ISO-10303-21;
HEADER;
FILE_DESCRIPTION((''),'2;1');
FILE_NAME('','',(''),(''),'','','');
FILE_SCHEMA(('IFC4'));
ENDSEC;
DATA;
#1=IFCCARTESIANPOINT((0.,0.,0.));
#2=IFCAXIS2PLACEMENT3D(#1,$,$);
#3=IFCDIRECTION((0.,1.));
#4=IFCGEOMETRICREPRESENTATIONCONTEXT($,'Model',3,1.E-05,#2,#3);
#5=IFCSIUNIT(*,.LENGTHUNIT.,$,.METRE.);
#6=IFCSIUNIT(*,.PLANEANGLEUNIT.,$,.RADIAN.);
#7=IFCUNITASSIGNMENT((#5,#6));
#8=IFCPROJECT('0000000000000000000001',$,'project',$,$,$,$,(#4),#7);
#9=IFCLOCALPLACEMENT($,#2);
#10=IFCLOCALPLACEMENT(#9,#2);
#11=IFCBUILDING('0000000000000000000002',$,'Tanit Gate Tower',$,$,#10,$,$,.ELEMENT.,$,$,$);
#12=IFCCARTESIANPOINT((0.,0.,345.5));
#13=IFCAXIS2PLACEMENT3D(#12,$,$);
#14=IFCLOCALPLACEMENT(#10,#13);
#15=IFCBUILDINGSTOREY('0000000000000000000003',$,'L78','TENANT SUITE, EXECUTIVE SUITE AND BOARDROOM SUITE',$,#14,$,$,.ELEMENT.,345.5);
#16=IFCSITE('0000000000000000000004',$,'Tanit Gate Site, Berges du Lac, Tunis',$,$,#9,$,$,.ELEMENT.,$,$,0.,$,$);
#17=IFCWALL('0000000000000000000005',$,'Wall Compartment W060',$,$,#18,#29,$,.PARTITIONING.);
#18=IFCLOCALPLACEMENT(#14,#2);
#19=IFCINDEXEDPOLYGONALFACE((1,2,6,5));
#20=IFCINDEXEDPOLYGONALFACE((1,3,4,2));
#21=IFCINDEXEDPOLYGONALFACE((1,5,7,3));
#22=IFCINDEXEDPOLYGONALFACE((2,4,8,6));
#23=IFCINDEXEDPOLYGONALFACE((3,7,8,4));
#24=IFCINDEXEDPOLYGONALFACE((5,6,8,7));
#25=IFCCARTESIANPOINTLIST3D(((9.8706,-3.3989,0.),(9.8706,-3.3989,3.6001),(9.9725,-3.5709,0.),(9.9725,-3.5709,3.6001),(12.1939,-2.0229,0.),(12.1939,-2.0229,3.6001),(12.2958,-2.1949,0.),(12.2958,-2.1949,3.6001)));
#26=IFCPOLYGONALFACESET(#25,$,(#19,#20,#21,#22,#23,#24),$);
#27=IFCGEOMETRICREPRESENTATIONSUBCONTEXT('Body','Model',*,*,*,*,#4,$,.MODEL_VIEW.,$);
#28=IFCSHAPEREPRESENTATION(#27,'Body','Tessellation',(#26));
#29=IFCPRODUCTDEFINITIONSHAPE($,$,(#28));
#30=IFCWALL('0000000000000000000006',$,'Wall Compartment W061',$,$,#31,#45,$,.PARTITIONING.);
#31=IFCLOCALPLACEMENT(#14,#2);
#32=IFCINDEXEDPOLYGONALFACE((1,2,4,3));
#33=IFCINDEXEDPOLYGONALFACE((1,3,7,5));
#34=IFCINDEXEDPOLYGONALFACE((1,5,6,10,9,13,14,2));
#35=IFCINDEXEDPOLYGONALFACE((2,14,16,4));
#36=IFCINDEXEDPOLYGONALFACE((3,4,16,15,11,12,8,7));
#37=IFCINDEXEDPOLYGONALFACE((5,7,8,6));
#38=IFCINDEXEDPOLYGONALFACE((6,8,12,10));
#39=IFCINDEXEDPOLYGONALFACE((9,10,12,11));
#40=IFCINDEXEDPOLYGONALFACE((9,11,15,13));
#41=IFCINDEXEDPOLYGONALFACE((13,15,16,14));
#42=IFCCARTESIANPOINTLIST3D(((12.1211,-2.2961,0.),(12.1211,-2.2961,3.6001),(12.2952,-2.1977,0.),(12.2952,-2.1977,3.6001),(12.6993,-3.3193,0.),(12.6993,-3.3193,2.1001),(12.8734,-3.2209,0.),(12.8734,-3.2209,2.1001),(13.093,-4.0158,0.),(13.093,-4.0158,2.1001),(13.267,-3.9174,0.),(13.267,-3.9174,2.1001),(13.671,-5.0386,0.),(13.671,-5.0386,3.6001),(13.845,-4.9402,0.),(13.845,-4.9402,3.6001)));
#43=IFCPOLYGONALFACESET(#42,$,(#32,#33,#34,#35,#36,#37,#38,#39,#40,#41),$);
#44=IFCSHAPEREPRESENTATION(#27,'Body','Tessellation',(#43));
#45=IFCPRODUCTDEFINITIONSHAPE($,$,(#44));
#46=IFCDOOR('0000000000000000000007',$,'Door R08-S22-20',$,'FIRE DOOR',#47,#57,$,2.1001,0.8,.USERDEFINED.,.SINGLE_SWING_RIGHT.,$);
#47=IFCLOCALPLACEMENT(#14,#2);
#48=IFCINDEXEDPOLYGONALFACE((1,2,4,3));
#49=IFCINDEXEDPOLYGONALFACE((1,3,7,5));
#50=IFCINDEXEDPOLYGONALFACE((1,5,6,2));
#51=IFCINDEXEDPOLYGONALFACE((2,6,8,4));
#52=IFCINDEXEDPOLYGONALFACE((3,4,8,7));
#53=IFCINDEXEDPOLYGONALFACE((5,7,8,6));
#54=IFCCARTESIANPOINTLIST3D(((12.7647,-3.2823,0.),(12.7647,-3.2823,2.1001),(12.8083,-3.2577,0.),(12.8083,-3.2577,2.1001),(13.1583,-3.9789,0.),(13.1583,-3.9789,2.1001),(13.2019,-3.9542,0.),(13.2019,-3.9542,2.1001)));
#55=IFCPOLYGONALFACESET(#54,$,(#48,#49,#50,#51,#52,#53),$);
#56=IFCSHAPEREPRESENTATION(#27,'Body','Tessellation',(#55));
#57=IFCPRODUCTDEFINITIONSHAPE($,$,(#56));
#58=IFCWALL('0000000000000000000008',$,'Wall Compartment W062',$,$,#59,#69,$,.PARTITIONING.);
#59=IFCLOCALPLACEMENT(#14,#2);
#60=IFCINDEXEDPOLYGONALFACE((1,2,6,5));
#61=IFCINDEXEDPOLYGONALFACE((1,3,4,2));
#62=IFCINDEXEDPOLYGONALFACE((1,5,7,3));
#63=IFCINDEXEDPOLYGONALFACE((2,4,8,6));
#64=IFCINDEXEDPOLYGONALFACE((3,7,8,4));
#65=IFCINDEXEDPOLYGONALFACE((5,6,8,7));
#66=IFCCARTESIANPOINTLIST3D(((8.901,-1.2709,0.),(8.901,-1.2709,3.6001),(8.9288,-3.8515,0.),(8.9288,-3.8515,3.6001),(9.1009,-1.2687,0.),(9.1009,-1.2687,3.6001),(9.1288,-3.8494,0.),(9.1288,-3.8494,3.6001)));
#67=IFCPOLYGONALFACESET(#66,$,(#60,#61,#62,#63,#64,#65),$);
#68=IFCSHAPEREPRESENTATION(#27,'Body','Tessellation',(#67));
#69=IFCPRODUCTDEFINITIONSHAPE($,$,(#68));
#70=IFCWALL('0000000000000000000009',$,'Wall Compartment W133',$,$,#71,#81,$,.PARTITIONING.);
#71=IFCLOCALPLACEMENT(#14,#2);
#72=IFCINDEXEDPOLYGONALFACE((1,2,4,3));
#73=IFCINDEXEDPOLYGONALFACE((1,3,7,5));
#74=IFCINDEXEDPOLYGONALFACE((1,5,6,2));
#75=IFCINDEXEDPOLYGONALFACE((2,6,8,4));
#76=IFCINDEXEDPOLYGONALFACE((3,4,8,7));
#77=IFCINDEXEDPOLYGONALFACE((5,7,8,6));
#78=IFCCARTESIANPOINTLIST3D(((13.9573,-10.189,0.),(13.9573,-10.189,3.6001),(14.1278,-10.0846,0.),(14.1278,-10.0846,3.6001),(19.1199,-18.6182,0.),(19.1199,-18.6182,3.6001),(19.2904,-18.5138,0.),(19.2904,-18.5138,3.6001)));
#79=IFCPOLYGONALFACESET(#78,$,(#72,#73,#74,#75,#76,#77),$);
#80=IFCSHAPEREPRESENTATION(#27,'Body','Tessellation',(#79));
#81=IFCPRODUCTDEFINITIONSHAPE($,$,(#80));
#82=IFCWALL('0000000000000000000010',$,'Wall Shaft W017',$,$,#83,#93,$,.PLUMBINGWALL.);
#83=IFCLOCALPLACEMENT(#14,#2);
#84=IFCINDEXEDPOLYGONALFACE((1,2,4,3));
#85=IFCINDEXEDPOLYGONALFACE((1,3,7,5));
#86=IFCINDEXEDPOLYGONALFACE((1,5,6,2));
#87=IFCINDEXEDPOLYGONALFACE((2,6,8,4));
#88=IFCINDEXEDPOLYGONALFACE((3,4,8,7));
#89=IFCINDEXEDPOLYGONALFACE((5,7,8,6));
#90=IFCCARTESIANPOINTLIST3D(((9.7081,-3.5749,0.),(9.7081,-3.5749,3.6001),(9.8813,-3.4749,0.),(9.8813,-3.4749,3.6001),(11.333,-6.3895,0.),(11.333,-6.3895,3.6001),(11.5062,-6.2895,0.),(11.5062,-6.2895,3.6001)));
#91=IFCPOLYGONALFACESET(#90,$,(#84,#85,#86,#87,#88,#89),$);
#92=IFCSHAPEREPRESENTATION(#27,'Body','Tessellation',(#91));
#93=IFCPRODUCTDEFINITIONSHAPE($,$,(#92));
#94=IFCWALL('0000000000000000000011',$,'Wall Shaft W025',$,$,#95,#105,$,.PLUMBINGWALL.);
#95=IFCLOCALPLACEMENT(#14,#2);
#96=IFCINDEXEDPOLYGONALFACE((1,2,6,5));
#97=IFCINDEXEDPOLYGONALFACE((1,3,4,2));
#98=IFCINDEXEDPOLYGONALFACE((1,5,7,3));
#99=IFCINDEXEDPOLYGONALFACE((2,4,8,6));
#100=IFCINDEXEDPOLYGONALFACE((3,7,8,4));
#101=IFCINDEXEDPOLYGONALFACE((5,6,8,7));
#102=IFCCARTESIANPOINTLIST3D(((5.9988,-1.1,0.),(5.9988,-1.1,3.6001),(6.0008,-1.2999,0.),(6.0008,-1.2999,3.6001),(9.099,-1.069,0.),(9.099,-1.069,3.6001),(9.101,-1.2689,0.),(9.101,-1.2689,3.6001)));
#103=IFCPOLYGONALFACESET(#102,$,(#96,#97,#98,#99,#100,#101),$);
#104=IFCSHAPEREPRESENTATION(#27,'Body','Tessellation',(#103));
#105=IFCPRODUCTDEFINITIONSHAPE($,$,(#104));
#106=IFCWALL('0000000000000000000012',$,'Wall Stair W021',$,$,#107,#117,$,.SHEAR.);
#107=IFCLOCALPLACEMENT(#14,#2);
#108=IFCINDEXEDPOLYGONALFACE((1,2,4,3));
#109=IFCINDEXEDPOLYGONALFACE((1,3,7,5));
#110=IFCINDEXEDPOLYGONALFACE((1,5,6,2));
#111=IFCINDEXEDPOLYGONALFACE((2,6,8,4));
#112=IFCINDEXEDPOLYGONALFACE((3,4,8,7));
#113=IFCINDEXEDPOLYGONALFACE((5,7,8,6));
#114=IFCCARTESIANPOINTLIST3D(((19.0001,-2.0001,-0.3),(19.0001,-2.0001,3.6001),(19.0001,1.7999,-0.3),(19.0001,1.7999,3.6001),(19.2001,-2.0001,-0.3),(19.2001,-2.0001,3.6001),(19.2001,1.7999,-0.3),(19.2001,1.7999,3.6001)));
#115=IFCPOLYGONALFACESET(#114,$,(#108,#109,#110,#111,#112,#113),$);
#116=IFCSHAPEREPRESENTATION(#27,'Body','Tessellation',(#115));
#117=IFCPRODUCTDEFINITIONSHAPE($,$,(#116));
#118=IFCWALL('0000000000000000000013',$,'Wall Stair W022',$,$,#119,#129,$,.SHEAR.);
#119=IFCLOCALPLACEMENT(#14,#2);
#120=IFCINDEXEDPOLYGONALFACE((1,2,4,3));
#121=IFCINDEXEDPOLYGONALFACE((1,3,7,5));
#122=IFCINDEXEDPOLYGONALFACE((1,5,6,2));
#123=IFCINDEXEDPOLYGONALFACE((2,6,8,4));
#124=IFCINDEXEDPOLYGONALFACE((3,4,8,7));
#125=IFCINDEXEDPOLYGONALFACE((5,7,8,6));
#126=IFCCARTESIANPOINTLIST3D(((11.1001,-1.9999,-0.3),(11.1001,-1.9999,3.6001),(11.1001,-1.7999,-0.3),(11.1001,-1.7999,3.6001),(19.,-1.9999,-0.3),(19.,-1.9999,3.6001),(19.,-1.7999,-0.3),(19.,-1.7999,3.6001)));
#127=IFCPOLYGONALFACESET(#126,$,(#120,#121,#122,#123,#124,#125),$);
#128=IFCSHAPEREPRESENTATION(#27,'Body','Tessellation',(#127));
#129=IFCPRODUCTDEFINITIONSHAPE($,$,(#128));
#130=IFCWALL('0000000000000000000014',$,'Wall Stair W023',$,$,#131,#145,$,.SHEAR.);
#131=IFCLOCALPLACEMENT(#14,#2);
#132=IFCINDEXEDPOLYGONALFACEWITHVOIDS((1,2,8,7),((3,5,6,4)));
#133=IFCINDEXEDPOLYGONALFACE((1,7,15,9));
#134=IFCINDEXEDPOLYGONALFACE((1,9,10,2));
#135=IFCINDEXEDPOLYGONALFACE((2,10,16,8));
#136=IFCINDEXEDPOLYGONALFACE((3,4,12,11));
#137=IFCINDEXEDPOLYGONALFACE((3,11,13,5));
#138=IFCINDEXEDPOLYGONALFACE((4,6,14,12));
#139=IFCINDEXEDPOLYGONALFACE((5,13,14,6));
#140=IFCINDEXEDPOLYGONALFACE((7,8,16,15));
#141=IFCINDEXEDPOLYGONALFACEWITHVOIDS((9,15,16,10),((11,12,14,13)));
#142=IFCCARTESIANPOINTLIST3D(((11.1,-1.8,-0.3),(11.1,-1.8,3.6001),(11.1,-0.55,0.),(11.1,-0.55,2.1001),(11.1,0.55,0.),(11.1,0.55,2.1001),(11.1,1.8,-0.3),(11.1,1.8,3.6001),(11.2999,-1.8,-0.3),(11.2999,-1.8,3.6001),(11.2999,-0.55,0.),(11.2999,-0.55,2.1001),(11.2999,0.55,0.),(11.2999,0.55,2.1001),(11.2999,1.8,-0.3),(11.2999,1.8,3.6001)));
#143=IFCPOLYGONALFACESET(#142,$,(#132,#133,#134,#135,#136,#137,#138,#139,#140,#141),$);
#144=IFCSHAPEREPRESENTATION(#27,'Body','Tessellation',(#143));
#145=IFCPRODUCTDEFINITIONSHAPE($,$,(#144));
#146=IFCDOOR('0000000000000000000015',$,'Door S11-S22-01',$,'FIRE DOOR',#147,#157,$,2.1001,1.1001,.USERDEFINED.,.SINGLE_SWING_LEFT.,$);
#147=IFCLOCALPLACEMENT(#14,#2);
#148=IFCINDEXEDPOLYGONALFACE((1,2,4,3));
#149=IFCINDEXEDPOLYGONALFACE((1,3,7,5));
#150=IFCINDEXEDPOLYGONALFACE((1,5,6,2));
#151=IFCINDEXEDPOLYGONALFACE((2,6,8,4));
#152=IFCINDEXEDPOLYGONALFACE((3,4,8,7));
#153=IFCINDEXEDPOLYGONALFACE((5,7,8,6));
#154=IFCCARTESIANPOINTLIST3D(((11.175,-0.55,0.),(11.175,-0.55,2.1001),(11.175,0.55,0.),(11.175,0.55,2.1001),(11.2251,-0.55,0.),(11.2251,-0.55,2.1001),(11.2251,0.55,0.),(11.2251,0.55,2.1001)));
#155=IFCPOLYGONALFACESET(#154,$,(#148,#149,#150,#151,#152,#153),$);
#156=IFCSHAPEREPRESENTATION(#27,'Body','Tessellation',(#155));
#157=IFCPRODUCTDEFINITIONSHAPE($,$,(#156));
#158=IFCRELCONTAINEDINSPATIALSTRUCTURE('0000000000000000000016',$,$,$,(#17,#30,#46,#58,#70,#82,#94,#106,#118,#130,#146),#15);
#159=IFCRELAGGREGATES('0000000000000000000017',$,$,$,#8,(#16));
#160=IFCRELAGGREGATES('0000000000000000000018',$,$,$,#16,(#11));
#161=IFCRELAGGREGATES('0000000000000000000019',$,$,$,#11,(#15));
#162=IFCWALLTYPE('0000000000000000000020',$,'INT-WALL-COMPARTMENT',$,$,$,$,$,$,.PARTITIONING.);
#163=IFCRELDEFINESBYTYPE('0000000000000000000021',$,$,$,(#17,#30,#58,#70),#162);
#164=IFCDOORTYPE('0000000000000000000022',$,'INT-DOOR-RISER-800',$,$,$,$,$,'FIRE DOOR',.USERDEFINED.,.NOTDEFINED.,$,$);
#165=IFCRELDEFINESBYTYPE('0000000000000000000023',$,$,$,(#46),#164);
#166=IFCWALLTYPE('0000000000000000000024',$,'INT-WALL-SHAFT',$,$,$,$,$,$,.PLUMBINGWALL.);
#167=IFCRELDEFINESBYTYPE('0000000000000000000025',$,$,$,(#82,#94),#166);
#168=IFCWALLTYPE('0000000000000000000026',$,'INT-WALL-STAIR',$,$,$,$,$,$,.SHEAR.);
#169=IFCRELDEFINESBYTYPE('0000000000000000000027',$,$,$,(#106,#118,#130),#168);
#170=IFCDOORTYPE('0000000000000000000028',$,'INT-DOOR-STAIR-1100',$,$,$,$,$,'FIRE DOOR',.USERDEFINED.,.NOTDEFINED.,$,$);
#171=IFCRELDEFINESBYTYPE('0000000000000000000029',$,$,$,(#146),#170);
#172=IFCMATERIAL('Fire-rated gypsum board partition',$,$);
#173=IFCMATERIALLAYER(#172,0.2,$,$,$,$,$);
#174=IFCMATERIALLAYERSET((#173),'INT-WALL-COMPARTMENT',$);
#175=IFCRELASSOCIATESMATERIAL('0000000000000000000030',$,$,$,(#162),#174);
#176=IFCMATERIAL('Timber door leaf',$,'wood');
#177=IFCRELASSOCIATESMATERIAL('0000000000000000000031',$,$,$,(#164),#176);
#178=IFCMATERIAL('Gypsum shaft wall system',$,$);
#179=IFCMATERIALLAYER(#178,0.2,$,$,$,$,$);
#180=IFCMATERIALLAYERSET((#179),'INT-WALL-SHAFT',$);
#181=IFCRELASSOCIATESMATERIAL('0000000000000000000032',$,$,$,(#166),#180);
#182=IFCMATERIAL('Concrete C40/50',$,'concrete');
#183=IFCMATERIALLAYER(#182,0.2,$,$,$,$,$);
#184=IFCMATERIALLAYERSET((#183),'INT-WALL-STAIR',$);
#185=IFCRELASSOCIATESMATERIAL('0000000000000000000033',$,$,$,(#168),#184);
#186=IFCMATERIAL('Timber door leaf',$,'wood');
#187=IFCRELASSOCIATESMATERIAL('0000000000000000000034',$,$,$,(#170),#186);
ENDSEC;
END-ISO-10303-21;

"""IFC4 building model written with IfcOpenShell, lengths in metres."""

from ifc_helpers import new_model, si_unit, direction, frame, frame_2d, origin, place, context, subcontext, project, spatial, rectangle, extrude, material, layer, layer_set, type_object, element, fill, save


model = new_model("IFC4")

# Units and contexts
model_context = context("Model", 3, precision=1e-05, world=origin(), true_north=direction((0.0, 1.0)))
body_context = subcontext(model_context, "Body", "Model", "MODEL_VIEW")
ifc_project = project(units=[si_unit("LENGTHUNIT", "METRE"), si_unit("PLANEANGLEUNIT", "RADIAN")], contexts=[model_context])

# Site, building, storey
site_placement = place(None, origin())
site = spatial("IfcSite", under=ifc_project, at=site_placement, Name="Tanit Gate Site, Berges du Lac, Tunis", CompositionType="ELEMENT", RefElevation=0.0)
building_placement = place(site_placement, origin())
building = spatial("IfcBuilding", under=site, at=building_placement, Name="Tanit Gate Tower", CompositionType="ELEMENT")
storey_placement = place(building_placement, frame((0.0, 0.0, 345.5)))
storey = spatial("IfcBuildingStorey", under=building, at=storey_placement, Name="L78", Description="TENANT SUITE, EXECUTIVE SUITE AND BOARDROOM SUITE", CompositionType="ELEMENT", Elevation=345.5)

# Wall
ifc_material_1 = material(Name="Fire-rated gypsum board partition")
ifc_layer_1 = layer(ifc_material_1, 0.2)
ifc_layer_set_1 = layer_set([ifc_layer_1], Name="INT-WALL-COMPARTMENT")
wall_type_1 = type_object("IfcWallType", Name="INT-WALL-COMPARTMENT", PredefinedType="PARTITIONING", material=ifc_layer_set_1)
wall_1_placement = place(storey_placement, frame((12.2449, -2.1089, 0.0), z_axis=(0.0, 0.0, 1.0), x_axis=(-0.860415, -0.509594, 0.0)))
element("IfcWall", 1, at=wall_1_placement, inside=storey, type_object=wall_type_1, Name="Wall Compartment W060", PredefinedType="PARTITIONING", context=body_context, shape_type="SweptSolid", body=[
    extrude(rectangle(XDim=2.7002, YDim=0.2, at=frame_2d((1.3501, 0.0))), origin(), (0.0, 0.0, 1.0), 3.6001),
])

# Wall, opening, door
wall_2_placement = place(storey_placement, frame((13.7581, -4.9895, 0.0), z_axis=(0.0, 0.0, 1.0), x_axis=(-0.491993, 0.870599, 0.0)))
wall_2 = element("IfcWall", 2, at=wall_2_placement, inside=storey, type_object=wall_type_1, Name="Wall Compartment W061", PredefinedType="PARTITIONING", context=body_context, shape_type="SweptSolid", body=[
    extrude(rectangle(XDim=3.1501, YDim=0.2, at=frame_2d((1.5752, 0.0))), origin(), (0.0, 0.0, 1.0), 3.6001),
])
opening_1_placement = place(wall_2_placement, frame((1.175, 0.0, 0.0)))
opening_1 = element("IfcOpeningElement", 3, at=opening_1_placement, cuts=wall_2, PredefinedType="OPENING", context=body_context, shape_type="SweptSolid", body=[
    extrude(rectangle(XDim=0.8, YDim=2.1001, at=frame_2d((0.3999, 1.05))), frame((0.0, 0.1099, 0.0), z_axis=(0.0, -1.0, 0.0), x_axis=(1.0, 0.0, 0.0)), (0.0, 0.0, 1.0), 0.22),
])
ifc_material_2 = material(Name="Timber door leaf", Category="wood")
door_type_1 = type_object("IfcDoorType", Name="INT-DOOR-RISER-800", ElementType="FIRE DOOR", OperationType="NOTDEFINED", PredefinedType="USERDEFINED", material=ifc_material_2)
door_1_placement = place(opening_1_placement, origin())
door_1 = element("IfcDoor", 4, at=door_1_placement, inside=storey, type_object=door_type_1, Name="Door R08-S22-20", ObjectType="FIRE DOOR", OperationType="SINGLE_SWING_RIGHT", OverallHeight=2.1001, OverallWidth=0.8, PredefinedType="USERDEFINED", context=body_context, shape_type="SweptSolid", body=[
    extrude(rectangle(XDim=0.8, YDim=2.1001, at=frame_2d((0.3999, 1.05))), frame((0.0, 0.0249, 0.0), z_axis=(0.0, -1.0, 0.0), x_axis=(1.0, 0.0, 0.0)), (0.0, 0.0, 1.0), 0.05),
])
fill(opening_1, door_1)

# Walls
wall_3_placement = place(storey_placement, frame((9.0288, -3.8506, 0.0), z_axis=(0.0, 0.0, 1.0), x_axis=(-0.010785, 0.999942, 0.0)))
element("IfcWall", 5, at=wall_3_placement, inside=storey, type_object=wall_type_1, Name="Wall Compartment W062", PredefinedType="PARTITIONING", context=body_context, shape_type="SweptSolid", body=[
    extrude(rectangle(XDim=2.5808, YDim=0.2, at=frame_2d((1.2905, 0.0))), origin(), (0.0, 0.0, 1.0), 3.6001),
])
wall_4_placement = place(storey_placement, frame((14.0425, -10.1367, 0.0), z_axis=(0.0, 0.0, 1.0), x_axis=(0.522291, -0.852767, 0.0)))
element("IfcWall", 6, at=wall_4_placement, inside=storey, type_object=wall_type_1, Name="Wall Compartment W133", PredefinedType="PARTITIONING", context=body_context, shape_type="SweptSolid", body=[
    extrude(rectangle(XDim=9.8845, YDim=0.2, at=frame_2d((4.9424, 0.0))), origin(), (0.0, 0.0, 1.0), 3.6001),
])
ifc_material_3 = material(Name="Gypsum shaft wall system")
ifc_layer_2 = layer(ifc_material_3, 0.2)
ifc_layer_set_2 = layer_set([ifc_layer_2], Name="INT-WALL-SHAFT")
wall_type_2 = type_object("IfcWallType", Name="INT-WALL-SHAFT", PredefinedType="PLUMBINGWALL", material=ifc_layer_set_2)
wall_5_placement = place(storey_placement, frame((9.7947, -3.5249, 0.0), z_axis=(0.0, 0.0, 1.0), x_axis=(0.499985, -0.866034, 0.0)))
element("IfcWall", 7, at=wall_5_placement, inside=storey, type_object=wall_type_2, Name="Wall Shaft W017", PredefinedType="PLUMBINGWALL", context=body_context, shape_type="SweptSolid", body=[
    extrude(rectangle(XDim=3.25, YDim=0.2, at=frame_2d((1.625, 0.0))), origin(), (0.0, 0.0, 1.0), 3.6001),
])
wall_6_placement = place(storey_placement, frame((9.1001, -1.1689, 0.0), z_axis=(0.0, 0.0, 1.0), x_axis=(-0.99995, -0.010001, 0.0)))
element("IfcWall", 8, at=wall_6_placement, inside=storey, type_object=wall_type_2, Name="Wall Shaft W025", PredefinedType="PLUMBINGWALL", context=body_context, shape_type="SweptSolid", body=[
    extrude(rectangle(XDim=3.1003, YDim=0.2, at=frame_2d((1.5503, 0.0))), origin(), (0.0, 0.0, 1.0), 3.6001),
])
ifc_material_4 = material(Name="Concrete C40/50", Category="concrete")
ifc_layer_3 = layer(ifc_material_4, 0.2)
ifc_layer_set_3 = layer_set([ifc_layer_3], Name="INT-WALL-STAIR")
wall_type_3 = type_object("IfcWallType", Name="INT-WALL-STAIR", PredefinedType="SHEAR", material=ifc_layer_set_3)
wall_7_placement = place(storey_placement, frame((19.1001, -2.0, -0.3), z_axis=(0.0, 0.0, 1.0), x_axis=(0.0, 1.0, 0.0)))
element("IfcWall", 9, at=wall_7_placement, inside=storey, type_object=wall_type_3, Name="Wall Stair W021", PredefinedType="SHEAR", context=body_context, shape_type="SweptSolid", body=[
    extrude(rectangle(XDim=3.8, YDim=0.2, at=frame_2d((1.8999, 0.0))), origin(), (0.0, 0.0, 1.0), 3.9001),
])
wall_8_placement = place(storey_placement, frame((11.1001, -1.8999, -0.3), z_axis=(0.0, 0.0, 1.0), x_axis=(1.0, 0.0, 0.0)))
element("IfcWall", 10, at=wall_8_placement, inside=storey, type_object=wall_type_3, Name="Wall Stair W022", PredefinedType="SHEAR", context=body_context, shape_type="SweptSolid", body=[
    extrude(rectangle(XDim=7.8999, YDim=0.2, at=frame_2d((3.95, 0.0))), origin(), (0.0, 0.0, 1.0), 3.9001),
])

# Wall, opening, door
wall_9_placement = place(storey_placement, frame((11.2, -1.8, -0.3), z_axis=(0.0, 0.0, 1.0), x_axis=(0.0, 1.0, 0.0)))
wall_9 = element("IfcWall", 11, at=wall_9_placement, inside=storey, type_object=wall_type_3, Name="Wall Stair W023", PredefinedType="SHEAR", context=body_context, shape_type="SweptSolid", body=[
    extrude(rectangle(XDim=3.6001, YDim=0.2, at=frame_2d((1.8, 0.0))), origin(), (0.0, 0.0, 1.0), 3.9001),
])
opening_2_placement = place(wall_9_placement, frame((1.25, 0.0, 0.3)))
opening_2 = element("IfcOpeningElement", 12, at=opening_2_placement, cuts=wall_9, PredefinedType="OPENING", context=body_context, shape_type="SweptSolid", body=[
    extrude(rectangle(XDim=1.1001, YDim=2.1001, at=frame_2d((0.55, 1.05))), frame((0.0, 0.1099, 0.0), z_axis=(0.0, -1.0, 0.0), x_axis=(1.0, 0.0, 0.0)), (0.0, 0.0, 1.0), 0.22),
])
ifc_material_5 = material(Name="Timber door leaf", Category="wood")
door_type_2 = type_object("IfcDoorType", Name="INT-DOOR-STAIR-1100", ElementType="FIRE DOOR", OperationType="NOTDEFINED", PredefinedType="USERDEFINED", material=ifc_material_5)
door_2_placement = place(opening_2_placement, origin())
door_2 = element("IfcDoor", 13, at=door_2_placement, inside=storey, type_object=door_type_2, Name="Door S11-S22-01", ObjectType="FIRE DOOR", OperationType="SINGLE_SWING_LEFT", OverallHeight=2.1001, OverallWidth=1.1001, PredefinedType="USERDEFINED", context=body_context, shape_type="SweptSolid", body=[
    extrude(rectangle(XDim=1.1001, YDim=2.1001, at=frame_2d((0.55, 1.05))), frame((0.0, 0.0249, 0.0), z_axis=(0.0, -1.0, 0.0), x_axis=(1.0, 0.0, 0.0)), (0.0, 0.0, 1.0), 0.05),
])
fill(opening_2, door_2)

save(model, "model.ifc")
